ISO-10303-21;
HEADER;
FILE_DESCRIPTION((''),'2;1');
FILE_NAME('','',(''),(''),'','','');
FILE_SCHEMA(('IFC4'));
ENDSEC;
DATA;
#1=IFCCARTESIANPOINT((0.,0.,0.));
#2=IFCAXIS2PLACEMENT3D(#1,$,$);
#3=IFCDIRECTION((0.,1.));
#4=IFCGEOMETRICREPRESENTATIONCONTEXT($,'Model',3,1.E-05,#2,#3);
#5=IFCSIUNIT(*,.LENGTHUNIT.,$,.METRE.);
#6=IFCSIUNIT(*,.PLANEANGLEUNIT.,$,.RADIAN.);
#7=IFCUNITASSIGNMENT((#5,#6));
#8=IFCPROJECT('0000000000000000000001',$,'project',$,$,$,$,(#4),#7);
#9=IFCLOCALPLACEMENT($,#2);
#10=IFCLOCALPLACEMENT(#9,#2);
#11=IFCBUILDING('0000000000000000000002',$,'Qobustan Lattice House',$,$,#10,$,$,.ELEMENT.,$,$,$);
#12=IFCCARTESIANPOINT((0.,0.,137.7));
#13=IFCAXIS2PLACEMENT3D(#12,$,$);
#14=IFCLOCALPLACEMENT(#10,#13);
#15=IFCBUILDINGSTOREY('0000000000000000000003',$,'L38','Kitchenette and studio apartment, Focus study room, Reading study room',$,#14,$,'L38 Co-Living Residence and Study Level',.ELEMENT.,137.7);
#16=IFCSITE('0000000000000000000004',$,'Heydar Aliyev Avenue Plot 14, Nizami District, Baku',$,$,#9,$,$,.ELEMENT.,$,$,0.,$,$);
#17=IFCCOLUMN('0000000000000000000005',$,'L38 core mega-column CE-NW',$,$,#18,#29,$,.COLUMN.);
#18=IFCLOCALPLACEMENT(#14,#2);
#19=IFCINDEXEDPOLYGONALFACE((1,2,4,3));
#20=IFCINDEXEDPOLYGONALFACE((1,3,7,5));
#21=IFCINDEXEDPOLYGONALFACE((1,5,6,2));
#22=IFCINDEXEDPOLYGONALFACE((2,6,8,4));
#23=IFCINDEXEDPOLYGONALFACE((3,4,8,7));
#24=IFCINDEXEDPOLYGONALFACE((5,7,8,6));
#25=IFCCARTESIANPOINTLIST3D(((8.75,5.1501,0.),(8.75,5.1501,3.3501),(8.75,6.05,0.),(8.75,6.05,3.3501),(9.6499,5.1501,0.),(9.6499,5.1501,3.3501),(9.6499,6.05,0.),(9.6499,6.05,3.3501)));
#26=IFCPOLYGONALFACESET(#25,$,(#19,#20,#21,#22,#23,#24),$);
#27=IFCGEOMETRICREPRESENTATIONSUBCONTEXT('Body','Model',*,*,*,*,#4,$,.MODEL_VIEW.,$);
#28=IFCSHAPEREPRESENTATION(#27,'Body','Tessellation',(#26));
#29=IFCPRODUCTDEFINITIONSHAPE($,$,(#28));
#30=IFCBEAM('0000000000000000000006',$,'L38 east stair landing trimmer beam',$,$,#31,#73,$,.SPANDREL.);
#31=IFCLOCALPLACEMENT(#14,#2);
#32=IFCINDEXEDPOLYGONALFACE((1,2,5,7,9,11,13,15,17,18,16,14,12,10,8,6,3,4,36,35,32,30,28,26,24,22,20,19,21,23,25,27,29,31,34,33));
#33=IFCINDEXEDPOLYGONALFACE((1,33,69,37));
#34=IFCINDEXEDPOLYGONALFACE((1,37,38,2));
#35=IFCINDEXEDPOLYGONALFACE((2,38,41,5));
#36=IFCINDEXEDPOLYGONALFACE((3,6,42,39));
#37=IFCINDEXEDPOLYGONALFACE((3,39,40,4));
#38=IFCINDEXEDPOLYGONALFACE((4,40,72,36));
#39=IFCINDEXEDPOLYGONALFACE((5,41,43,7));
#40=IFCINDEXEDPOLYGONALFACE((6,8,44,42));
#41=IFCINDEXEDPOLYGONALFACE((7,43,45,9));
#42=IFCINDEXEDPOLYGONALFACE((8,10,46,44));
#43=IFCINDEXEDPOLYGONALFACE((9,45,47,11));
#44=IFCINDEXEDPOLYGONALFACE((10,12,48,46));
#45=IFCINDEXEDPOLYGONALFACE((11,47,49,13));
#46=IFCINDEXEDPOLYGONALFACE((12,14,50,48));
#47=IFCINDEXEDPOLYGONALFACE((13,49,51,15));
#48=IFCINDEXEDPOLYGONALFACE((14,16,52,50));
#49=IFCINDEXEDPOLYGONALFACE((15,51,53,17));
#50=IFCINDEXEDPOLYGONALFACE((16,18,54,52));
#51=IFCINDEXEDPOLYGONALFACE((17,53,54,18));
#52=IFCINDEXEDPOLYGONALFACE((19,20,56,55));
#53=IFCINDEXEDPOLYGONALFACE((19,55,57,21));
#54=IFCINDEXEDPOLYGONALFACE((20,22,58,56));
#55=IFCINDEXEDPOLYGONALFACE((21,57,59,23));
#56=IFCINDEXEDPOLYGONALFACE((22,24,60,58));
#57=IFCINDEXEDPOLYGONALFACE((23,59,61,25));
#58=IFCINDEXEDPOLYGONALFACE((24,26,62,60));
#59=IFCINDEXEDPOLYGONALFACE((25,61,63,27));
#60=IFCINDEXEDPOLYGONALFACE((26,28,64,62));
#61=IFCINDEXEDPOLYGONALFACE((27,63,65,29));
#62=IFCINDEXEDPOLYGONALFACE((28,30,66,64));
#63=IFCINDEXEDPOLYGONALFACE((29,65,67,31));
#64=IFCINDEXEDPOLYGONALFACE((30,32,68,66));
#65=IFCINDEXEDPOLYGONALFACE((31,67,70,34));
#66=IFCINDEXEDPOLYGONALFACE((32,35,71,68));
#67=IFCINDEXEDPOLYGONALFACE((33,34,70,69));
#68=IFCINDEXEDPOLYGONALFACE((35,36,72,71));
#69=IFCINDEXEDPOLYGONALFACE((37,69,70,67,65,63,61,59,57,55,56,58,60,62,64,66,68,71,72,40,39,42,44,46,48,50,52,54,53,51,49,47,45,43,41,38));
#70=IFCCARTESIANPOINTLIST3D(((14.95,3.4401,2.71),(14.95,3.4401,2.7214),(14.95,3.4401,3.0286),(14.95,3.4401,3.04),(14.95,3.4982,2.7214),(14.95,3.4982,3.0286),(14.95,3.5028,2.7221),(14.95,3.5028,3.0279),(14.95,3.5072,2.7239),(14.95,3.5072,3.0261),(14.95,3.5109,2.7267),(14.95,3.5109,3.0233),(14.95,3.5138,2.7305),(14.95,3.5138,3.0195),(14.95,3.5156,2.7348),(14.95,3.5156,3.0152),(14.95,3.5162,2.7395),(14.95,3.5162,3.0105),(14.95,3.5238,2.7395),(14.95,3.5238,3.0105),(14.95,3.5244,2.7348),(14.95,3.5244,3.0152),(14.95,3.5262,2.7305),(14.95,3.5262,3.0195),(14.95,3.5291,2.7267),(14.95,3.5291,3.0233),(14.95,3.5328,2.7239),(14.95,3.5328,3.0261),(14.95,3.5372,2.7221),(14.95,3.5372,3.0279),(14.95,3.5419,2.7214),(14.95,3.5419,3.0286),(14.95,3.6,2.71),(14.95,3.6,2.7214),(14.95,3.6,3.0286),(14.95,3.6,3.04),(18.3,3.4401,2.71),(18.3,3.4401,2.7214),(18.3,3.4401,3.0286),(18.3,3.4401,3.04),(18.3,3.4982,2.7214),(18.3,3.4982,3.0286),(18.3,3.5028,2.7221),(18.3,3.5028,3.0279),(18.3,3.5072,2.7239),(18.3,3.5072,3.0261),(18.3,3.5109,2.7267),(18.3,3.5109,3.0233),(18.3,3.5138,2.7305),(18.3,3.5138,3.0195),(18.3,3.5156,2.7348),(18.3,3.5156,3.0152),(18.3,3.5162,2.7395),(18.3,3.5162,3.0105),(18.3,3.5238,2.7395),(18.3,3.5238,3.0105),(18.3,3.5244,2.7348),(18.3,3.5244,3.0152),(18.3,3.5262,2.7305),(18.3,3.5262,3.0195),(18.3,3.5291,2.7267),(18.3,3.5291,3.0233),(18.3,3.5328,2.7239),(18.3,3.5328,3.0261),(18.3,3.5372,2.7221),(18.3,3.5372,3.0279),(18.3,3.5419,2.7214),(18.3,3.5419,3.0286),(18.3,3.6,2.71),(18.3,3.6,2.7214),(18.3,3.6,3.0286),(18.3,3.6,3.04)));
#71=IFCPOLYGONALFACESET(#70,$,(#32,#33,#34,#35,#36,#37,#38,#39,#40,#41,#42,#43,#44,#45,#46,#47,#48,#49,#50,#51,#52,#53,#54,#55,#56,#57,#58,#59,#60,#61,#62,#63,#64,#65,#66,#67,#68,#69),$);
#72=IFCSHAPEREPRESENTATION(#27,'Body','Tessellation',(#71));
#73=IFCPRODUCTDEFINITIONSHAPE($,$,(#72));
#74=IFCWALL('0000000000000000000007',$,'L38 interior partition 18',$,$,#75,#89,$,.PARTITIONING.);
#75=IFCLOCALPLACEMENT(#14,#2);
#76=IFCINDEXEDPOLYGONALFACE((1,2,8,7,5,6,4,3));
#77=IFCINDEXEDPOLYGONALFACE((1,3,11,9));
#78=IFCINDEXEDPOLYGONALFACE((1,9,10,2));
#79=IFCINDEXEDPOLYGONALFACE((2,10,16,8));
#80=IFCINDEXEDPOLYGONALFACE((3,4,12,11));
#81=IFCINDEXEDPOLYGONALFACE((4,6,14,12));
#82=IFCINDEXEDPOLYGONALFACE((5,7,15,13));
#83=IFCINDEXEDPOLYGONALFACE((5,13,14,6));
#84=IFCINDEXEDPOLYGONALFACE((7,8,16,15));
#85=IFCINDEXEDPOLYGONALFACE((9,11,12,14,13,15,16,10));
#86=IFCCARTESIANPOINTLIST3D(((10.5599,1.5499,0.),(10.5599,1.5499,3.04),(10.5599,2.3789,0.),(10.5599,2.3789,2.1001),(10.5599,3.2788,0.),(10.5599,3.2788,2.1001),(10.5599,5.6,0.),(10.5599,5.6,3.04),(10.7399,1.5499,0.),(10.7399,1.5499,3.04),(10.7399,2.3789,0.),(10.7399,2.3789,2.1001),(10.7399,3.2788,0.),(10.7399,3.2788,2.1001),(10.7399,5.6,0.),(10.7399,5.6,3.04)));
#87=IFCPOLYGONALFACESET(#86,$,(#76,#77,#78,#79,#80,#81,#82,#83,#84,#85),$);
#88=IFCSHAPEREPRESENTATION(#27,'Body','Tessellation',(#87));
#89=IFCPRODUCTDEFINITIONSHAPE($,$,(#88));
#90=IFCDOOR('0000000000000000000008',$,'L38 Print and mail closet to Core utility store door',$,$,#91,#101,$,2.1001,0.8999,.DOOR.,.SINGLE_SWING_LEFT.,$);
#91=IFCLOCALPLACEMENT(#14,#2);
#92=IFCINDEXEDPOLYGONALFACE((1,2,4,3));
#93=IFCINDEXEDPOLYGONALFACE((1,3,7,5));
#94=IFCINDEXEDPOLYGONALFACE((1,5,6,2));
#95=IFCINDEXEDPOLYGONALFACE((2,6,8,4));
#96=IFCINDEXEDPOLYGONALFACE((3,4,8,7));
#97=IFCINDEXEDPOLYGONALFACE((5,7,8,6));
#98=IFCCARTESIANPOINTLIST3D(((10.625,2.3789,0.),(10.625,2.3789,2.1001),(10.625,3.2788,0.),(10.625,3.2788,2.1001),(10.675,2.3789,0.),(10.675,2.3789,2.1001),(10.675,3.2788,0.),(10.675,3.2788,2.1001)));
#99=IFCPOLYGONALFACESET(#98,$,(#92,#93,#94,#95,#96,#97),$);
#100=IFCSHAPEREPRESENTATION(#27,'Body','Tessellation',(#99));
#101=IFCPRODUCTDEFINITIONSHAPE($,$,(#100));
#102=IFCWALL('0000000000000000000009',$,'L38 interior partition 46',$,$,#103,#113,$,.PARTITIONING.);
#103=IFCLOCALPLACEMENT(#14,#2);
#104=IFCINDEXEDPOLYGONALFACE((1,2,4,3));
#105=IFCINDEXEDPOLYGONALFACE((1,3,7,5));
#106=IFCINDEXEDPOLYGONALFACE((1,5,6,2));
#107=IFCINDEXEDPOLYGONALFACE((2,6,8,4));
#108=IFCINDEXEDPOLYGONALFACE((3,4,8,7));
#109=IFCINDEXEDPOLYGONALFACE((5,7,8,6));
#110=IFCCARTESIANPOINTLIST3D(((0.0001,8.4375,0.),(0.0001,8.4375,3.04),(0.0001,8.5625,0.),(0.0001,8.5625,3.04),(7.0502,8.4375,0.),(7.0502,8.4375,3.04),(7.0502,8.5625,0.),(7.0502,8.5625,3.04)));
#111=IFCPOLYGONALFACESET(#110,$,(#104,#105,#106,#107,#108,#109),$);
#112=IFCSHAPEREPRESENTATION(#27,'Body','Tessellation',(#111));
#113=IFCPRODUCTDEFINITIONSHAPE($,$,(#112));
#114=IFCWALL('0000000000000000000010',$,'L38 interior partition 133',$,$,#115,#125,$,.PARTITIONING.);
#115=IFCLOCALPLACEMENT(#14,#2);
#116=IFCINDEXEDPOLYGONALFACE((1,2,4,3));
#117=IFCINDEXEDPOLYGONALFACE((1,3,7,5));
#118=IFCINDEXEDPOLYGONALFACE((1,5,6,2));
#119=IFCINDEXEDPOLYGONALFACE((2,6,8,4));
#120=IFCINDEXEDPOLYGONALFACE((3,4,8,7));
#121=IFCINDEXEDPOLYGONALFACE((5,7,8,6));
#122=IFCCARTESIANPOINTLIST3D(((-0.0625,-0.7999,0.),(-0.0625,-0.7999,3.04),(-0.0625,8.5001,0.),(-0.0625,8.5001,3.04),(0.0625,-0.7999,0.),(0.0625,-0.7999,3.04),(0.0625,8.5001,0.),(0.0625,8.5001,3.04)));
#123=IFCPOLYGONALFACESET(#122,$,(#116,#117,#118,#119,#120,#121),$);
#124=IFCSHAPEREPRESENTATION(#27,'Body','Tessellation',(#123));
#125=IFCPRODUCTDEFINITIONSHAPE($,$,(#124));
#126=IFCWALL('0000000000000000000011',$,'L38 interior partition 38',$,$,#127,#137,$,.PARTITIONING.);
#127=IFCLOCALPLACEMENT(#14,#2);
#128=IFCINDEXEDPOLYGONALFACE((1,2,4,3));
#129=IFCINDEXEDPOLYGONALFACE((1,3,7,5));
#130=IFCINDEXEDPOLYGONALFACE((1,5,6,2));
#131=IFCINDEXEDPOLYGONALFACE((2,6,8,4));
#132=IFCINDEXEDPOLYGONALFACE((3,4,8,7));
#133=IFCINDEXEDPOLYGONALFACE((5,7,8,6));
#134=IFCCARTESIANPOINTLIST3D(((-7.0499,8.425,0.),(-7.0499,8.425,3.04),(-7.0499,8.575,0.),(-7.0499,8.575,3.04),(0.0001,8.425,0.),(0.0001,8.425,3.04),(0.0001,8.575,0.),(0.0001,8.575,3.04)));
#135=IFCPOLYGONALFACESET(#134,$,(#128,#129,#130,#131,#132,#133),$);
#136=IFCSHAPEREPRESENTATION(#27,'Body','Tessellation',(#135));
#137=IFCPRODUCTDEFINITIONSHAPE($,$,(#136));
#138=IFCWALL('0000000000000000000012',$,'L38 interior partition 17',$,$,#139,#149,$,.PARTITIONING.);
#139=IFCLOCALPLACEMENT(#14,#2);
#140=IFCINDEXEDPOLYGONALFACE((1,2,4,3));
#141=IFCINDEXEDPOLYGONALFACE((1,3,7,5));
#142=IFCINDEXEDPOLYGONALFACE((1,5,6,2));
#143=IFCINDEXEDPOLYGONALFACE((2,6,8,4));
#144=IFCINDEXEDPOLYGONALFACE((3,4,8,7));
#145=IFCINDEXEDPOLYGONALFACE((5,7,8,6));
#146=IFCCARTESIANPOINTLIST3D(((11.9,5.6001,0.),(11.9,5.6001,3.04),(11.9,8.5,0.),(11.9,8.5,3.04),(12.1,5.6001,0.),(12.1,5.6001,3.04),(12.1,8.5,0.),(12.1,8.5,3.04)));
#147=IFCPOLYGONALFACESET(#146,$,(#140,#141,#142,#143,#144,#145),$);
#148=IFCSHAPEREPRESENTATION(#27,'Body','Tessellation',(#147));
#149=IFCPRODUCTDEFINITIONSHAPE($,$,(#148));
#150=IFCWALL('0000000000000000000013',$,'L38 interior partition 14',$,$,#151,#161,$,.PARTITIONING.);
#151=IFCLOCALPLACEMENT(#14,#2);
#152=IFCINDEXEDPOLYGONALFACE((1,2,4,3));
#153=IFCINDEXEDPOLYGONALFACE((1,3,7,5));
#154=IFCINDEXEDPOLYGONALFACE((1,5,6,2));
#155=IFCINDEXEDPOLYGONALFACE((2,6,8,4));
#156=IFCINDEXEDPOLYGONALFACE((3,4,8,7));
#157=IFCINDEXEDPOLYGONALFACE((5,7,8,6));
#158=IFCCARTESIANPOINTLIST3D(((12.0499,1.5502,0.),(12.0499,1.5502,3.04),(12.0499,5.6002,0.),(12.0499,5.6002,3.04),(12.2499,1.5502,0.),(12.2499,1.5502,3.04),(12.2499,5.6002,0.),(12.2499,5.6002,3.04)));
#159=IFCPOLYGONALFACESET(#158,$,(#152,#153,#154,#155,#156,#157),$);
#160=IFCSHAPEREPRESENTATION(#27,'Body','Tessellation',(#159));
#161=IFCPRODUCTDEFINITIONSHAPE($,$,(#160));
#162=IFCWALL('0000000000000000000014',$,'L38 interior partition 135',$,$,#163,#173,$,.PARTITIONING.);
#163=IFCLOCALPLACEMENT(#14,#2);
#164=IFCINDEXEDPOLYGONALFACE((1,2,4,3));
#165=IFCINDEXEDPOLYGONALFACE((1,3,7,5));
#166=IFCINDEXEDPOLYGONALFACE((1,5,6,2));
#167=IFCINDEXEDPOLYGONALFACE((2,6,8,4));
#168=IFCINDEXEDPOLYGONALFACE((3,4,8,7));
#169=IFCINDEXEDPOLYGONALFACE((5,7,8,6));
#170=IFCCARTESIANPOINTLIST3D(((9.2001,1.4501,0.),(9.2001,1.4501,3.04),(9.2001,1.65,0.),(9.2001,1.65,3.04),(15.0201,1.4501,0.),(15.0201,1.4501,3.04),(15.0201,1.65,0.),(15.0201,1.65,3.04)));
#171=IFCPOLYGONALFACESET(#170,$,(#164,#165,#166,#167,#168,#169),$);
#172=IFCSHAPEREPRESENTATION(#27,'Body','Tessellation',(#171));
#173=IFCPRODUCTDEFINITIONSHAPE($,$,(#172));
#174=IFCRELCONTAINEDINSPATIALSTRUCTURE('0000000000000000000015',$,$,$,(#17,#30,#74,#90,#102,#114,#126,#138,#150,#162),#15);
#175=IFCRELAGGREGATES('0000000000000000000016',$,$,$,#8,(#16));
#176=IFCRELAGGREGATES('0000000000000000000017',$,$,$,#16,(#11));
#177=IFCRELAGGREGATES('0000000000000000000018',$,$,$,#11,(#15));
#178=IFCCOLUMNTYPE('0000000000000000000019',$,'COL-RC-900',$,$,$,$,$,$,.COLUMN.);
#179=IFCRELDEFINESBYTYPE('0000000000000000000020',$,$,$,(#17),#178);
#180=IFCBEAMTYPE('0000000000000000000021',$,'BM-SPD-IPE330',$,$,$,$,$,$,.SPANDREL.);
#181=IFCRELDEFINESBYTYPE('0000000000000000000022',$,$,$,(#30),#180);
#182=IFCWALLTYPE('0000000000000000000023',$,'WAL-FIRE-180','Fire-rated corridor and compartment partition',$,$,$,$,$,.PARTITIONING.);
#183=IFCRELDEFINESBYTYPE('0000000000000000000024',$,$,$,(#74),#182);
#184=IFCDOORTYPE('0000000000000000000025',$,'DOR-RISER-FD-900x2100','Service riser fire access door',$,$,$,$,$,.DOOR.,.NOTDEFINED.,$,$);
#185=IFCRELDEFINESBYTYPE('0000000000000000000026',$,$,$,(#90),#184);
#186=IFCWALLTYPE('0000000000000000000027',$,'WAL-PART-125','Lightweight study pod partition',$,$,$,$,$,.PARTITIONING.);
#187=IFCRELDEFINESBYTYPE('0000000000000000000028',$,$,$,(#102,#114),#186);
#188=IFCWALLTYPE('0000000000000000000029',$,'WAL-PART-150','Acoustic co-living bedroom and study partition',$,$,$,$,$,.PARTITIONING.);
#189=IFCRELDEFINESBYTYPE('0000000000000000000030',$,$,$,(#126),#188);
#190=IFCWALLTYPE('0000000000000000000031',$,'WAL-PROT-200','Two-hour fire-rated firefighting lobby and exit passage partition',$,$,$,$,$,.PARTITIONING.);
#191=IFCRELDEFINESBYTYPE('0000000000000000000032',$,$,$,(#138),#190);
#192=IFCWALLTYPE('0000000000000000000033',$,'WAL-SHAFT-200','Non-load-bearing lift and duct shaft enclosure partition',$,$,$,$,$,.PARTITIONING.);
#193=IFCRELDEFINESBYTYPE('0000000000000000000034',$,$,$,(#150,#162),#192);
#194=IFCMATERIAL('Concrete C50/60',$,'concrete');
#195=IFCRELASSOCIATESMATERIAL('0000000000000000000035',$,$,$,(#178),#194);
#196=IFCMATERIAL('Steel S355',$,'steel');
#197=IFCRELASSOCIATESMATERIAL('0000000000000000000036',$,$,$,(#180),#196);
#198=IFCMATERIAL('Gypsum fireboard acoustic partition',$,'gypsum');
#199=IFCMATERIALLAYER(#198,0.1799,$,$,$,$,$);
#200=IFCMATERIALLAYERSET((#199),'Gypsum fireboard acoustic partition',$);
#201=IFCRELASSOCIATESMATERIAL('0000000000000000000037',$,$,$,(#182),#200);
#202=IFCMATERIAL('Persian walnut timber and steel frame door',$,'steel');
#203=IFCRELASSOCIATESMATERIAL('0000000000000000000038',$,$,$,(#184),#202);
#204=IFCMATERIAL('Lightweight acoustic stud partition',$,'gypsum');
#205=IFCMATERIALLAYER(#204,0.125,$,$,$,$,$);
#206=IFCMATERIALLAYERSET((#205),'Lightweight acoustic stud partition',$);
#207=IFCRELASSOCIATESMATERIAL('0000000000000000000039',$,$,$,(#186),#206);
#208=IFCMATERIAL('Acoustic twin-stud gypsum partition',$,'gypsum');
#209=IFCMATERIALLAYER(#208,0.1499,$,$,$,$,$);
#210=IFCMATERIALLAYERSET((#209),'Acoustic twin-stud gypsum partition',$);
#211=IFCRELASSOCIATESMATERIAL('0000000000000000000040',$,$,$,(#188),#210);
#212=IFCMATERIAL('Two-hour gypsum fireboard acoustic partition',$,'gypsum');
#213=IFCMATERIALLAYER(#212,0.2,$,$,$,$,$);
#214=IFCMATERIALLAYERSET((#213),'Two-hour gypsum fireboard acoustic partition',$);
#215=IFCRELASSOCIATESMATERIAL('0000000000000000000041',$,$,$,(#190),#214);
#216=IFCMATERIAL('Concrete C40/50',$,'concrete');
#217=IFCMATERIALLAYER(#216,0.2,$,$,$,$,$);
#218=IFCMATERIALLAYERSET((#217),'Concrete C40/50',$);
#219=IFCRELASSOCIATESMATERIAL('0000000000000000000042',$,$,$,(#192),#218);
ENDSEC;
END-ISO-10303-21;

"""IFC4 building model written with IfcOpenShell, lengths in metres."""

from ifc_helpers import new_model, si_unit, direction, frame, frame_2d, origin, origin_2d, place, context, subcontext, project, spatial, rectangle, i_section, extrude, material, layer, layer_set, material_profile, profile_set, type_object, element, fill, save


model = new_model("IFC4")

# Units and contexts
model_context = context("Model", 3, precision=1e-05, world=origin(), true_north=direction((0.0, 1.0)))
body_context = subcontext(model_context, "Body", "Model", "MODEL_VIEW")
ifc_project = project(units=[si_unit("LENGTHUNIT", "METRE"), si_unit("PLANEANGLEUNIT", "RADIAN")], contexts=[model_context])

# Site, building, storey
site_placement = place(None, origin())
site = spatial("IfcSite", under=ifc_project, at=site_placement, Name="Heydar Aliyev Avenue Plot 14, Nizami District, Baku", CompositionType="ELEMENT", RefElevation=0.0)
building_placement = place(site_placement, origin())
building = spatial("IfcBuilding", under=site, at=building_placement, Name="Qobustan Lattice House", CompositionType="ELEMENT")
storey_placement = place(building_placement, frame((0.0, 0.0, 137.7)))
storey = spatial("IfcBuildingStorey", under=building, at=storey_placement, Name="L38", Description="Kitchenette and studio apartment, Focus study room, Reading study room", LongName="L38 Co-Living Residence and Study Level", CompositionType="ELEMENT", Elevation=137.7)

# Column
ifc_material_1 = material(Name="Concrete C50/60", Category="concrete")
ifc_material_profile_1 = material_profile(ifc_material_1, rectangle(XDim=0.8999, YDim=0.8999, at=origin_2d()), Name="RC900x900")
ifc_profile_set_1 = profile_set([ifc_material_profile_1], Name="Concrete C50/60")
column_type = type_object("IfcColumnType", Name="COL-RC-900", PredefinedType="COLUMN", material=ifc_profile_set_1)
column_placement = place(storey_placement, frame((9.2, 5.6001, 0.0), z_axis=(0.0, 0.0, 1.0), x_axis=(1.0, 0.0, 0.0)))
element("IfcColumn", 1, at=column_placement, inside=storey, type_object=column_type, Name="L38 core mega-column CE-NW", PredefinedType="COLUMN", context=body_context, shape_type="SweptSolid", body=[
    extrude(rectangle(XDim=0.8999, YDim=0.8999, at=origin_2d()), origin(), (0.0, 0.0, 1.0), 3.3501),
])

# Beam
ifc_material_2 = material(Name="Steel S355", Category="steel")
ifc_material_profile_2 = material_profile(ifc_material_2, i_section(OverallWidth=0.1599, OverallDepth=0.3301, WebThickness=0.0076, FlangeThickness=0.0115, FilletRadius=0.0181, at=origin_2d()), Name="IPE330")
ifc_profile_set_2 = profile_set([ifc_material_profile_2], Name="Steel S355")
beam_type = type_object("IfcBeamType", Name="BM-SPD-IPE330", PredefinedType="SPANDREL", material=ifc_profile_set_2)
beam_placement = place(storey_placement, frame((14.95, 3.52, 2.875), z_axis=(1.0, 0.0, 0.0), x_axis=(0.0, 1.0, 0.0)))
element("IfcBeam", 2, at=beam_placement, inside=storey, type_object=beam_type, Name="L38 east stair landing trimmer beam", PredefinedType="SPANDREL", context=body_context, shape_type="SweptSolid", body=[
    extrude(i_section(OverallWidth=0.1599, OverallDepth=0.3301, WebThickness=0.0076, FlangeThickness=0.0115, FilletRadius=0.0181, at=origin_2d()), origin(), (0.0, 0.0, 1.0), 3.3501),
])

# Wall, opening, door
ifc_material_3 = material(Name="Gypsum fireboard acoustic partition", Category="gypsum")
ifc_layer_1 = layer(ifc_material_3, 0.1799)
ifc_layer_set_1 = layer_set([ifc_layer_1], Name="Gypsum fireboard acoustic partition")
wall_type_1 = type_object("IfcWallType", Name="WAL-FIRE-180", Description="Fire-rated corridor and compartment partition", PredefinedType="PARTITIONING", material=ifc_layer_set_1)
wall_1_placement = place(storey_placement, frame((10.6499, 1.55, 0.0), z_axis=(0.0, 0.0, 1.0), x_axis=(0.0, 1.0, 0.0)))
wall_1 = element("IfcWall", 3, at=wall_1_placement, inside=storey, type_object=wall_type_1, Name="L38 interior partition 18", PredefinedType="PARTITIONING", context=body_context, shape_type="SweptSolid", body=[
    extrude(rectangle(XDim=4.05, YDim=0.1799, at=frame_2d((2.0249, 0.0))), origin(), (0.0, 0.0, 1.0), 3.04),
])
opening_1_placement = place(wall_1_placement, frame((0.8289, 0.0, 0.0)))
opening_1 = element("IfcOpeningElement", 4, at=opening_1_placement, cuts=wall_1, PredefinedType="OPENING", context=body_context, shape_type="SweptSolid", body=[
    extrude(rectangle(XDim=0.8999, YDim=2.1001, at=frame_2d((0.45, 1.05))), frame((0.0, 0.0999, 0.0), z_axis=(0.0, -1.0, 0.0), x_axis=(1.0, 0.0, 0.0)), (0.0, 0.0, 1.0), 0.2),
])
ifc_material_4 = material(Name="Persian walnut timber and steel frame door", Category="steel")
door_type_1 = type_object("IfcDoorType", Name="DOR-RISER-FD-900x2100", Description="Service riser fire access door", OperationType="NOTDEFINED", PredefinedType="DOOR", material=ifc_material_4)
door_1_placement = place(opening_1_placement, origin())
door_1 = element("IfcDoor", 5, at=door_1_placement, inside=storey, type_object=door_type_1, Name="L38 Print and mail closet to Core utility store door", OperationType="SINGLE_SWING_LEFT", OverallHeight=2.1001, OverallWidth=0.8999, PredefinedType="DOOR", context=body_context, shape_type="SweptSolid", body=[
    extrude(rectangle(XDim=0.8999, YDim=2.1001, at=frame_2d((0.45, 1.05))), frame((0.0, 0.0249, 0.0), z_axis=(0.0, -1.0, 0.0), x_axis=(1.0, 0.0, 0.0)), (0.0, 0.0, 1.0), 0.05),
])
fill(opening_1, door_1)

# Walls
ifc_material_5 = material(Name="Lightweight acoustic stud partition", Category="gypsum")
ifc_layer_2 = layer(ifc_material_5, 0.125)
ifc_layer_set_2 = layer_set([ifc_layer_2], Name="Lightweight acoustic stud partition")
wall_type_2 = type_object("IfcWallType", Name="WAL-PART-125", Description="Lightweight study pod partition", PredefinedType="PARTITIONING", material=ifc_layer_set_2)
wall_2_placement = place(storey_placement, frame((7.05, 8.5, 0.0), z_axis=(0.0, 0.0, 1.0), x_axis=(-1.0, 0.0, 0.0)))
element("IfcWall", 6, at=wall_2_placement, inside=storey, type_object=wall_type_2, Name="L38 interior partition 46", PredefinedType="PARTITIONING", context=body_context, shape_type="SweptSolid", body=[
    extrude(rectangle(XDim=7.05, YDim=0.125, at=frame_2d((3.5249, 0.0))), origin(), (0.0, 0.0, 1.0), 3.04),
])
wall_3_placement = place(storey_placement, frame((0.0, 8.5, 0.0), z_axis=(0.0, 0.0, 1.0), x_axis=(0.0, -1.0, 0.0)))
element("IfcWall", 7, at=wall_3_placement, inside=storey, type_object=wall_type_2, Name="L38 interior partition 133", PredefinedType="PARTITIONING", context=body_context, shape_type="SweptSolid", body=[
    extrude(rectangle(XDim=9.3, YDim=0.125, at=frame_2d((4.6499, 0.0))), origin(), (0.0, 0.0, 1.0), 3.04),
])
ifc_material_6 = material(Name="Acoustic twin-stud gypsum partition", Category="gypsum")
ifc_layer_3 = layer(ifc_material_6, 0.1499)
ifc_layer_set_3 = layer_set([ifc_layer_3], Name="Acoustic twin-stud gypsum partition")
wall_type_3 = type_object("IfcWallType", Name="WAL-PART-150", Description="Acoustic co-living bedroom and study partition", PredefinedType="PARTITIONING", material=ifc_layer_set_3)
wall_4_placement = place(storey_placement, frame((0.0, 8.5, 0.0), z_axis=(0.0, 0.0, 1.0), x_axis=(-1.0, 0.0, 0.0)))
element("IfcWall", 8, at=wall_4_placement, inside=storey, type_object=wall_type_3, Name="L38 interior partition 38", PredefinedType="PARTITIONING", context=body_context, shape_type="SweptSolid", body=[
    extrude(rectangle(XDim=7.05, YDim=0.1499, at=frame_2d((3.5249, 0.0))), origin(), (0.0, 0.0, 1.0), 3.04),
])
ifc_material_7 = material(Name="Two-hour gypsum fireboard acoustic partition", Category="gypsum")
ifc_layer_4 = layer(ifc_material_7, 0.2)
ifc_layer_set_4 = layer_set([ifc_layer_4], Name="Two-hour gypsum fireboard acoustic partition")
wall_type_4 = type_object("IfcWallType", Name="WAL-PROT-200", Description="Two-hour fire-rated firefighting lobby and exit passage partition", PredefinedType="PARTITIONING", material=ifc_layer_set_4)
wall_5_placement = place(storey_placement, frame((12.0, 8.5, 0.0), z_axis=(0.0, 0.0, 1.0), x_axis=(0.0, -1.0, 0.0)))
element("IfcWall", 9, at=wall_5_placement, inside=storey, type_object=wall_type_4, Name="L38 interior partition 17", PredefinedType="PARTITIONING", context=body_context, shape_type="SweptSolid", body=[
    extrude(rectangle(XDim=2.8999, YDim=0.2, at=frame_2d((1.45, 0.0))), origin(), (0.0, 0.0, 1.0), 3.04),
])
ifc_material_8 = material(Name="Concrete C40/50", Category="concrete")
ifc_layer_5 = layer(ifc_material_8, 0.2)
ifc_layer_set_5 = layer_set([ifc_layer_5], Name="Concrete C40/50")
wall_type_5 = type_object("IfcWallType", Name="WAL-SHAFT-200", Description="Non-load-bearing lift and duct shaft enclosure partition", PredefinedType="PARTITIONING", material=ifc_layer_set_5)
wall_6_placement = place(storey_placement, frame((12.1499, 5.6001, 0.0), z_axis=(0.0, 0.0, 1.0), x_axis=(0.0, -1.0, 0.0)))
element("IfcWall", 10, at=wall_6_placement, inside=storey, type_object=wall_type_5, Name="L38 interior partition 14", PredefinedType="PARTITIONING", context=body_context, shape_type="SweptSolid", body=[
    extrude(rectangle(XDim=4.05, YDim=0.2, at=frame_2d((2.0249, 0.0))), origin(), (0.0, 0.0, 1.0), 3.04),
])
wall_7_placement = place(storey_placement, frame((9.2, 1.55, 0.0), z_axis=(0.0, 0.0, 1.0), x_axis=(1.0, 0.0, 0.0)))
element("IfcWall", 11, at=wall_7_placement, inside=storey, type_object=wall_type_5, Name="L38 interior partition 135", PredefinedType="PARTITIONING", context=body_context, shape_type="SweptSolid", body=[
    extrude(rectangle(XDim=5.8201, YDim=0.2, at=frame_2d((2.9102, 0.0))), origin(), (0.0, 0.0, 1.0), 3.04),
])

save(model, "model.ifc")
